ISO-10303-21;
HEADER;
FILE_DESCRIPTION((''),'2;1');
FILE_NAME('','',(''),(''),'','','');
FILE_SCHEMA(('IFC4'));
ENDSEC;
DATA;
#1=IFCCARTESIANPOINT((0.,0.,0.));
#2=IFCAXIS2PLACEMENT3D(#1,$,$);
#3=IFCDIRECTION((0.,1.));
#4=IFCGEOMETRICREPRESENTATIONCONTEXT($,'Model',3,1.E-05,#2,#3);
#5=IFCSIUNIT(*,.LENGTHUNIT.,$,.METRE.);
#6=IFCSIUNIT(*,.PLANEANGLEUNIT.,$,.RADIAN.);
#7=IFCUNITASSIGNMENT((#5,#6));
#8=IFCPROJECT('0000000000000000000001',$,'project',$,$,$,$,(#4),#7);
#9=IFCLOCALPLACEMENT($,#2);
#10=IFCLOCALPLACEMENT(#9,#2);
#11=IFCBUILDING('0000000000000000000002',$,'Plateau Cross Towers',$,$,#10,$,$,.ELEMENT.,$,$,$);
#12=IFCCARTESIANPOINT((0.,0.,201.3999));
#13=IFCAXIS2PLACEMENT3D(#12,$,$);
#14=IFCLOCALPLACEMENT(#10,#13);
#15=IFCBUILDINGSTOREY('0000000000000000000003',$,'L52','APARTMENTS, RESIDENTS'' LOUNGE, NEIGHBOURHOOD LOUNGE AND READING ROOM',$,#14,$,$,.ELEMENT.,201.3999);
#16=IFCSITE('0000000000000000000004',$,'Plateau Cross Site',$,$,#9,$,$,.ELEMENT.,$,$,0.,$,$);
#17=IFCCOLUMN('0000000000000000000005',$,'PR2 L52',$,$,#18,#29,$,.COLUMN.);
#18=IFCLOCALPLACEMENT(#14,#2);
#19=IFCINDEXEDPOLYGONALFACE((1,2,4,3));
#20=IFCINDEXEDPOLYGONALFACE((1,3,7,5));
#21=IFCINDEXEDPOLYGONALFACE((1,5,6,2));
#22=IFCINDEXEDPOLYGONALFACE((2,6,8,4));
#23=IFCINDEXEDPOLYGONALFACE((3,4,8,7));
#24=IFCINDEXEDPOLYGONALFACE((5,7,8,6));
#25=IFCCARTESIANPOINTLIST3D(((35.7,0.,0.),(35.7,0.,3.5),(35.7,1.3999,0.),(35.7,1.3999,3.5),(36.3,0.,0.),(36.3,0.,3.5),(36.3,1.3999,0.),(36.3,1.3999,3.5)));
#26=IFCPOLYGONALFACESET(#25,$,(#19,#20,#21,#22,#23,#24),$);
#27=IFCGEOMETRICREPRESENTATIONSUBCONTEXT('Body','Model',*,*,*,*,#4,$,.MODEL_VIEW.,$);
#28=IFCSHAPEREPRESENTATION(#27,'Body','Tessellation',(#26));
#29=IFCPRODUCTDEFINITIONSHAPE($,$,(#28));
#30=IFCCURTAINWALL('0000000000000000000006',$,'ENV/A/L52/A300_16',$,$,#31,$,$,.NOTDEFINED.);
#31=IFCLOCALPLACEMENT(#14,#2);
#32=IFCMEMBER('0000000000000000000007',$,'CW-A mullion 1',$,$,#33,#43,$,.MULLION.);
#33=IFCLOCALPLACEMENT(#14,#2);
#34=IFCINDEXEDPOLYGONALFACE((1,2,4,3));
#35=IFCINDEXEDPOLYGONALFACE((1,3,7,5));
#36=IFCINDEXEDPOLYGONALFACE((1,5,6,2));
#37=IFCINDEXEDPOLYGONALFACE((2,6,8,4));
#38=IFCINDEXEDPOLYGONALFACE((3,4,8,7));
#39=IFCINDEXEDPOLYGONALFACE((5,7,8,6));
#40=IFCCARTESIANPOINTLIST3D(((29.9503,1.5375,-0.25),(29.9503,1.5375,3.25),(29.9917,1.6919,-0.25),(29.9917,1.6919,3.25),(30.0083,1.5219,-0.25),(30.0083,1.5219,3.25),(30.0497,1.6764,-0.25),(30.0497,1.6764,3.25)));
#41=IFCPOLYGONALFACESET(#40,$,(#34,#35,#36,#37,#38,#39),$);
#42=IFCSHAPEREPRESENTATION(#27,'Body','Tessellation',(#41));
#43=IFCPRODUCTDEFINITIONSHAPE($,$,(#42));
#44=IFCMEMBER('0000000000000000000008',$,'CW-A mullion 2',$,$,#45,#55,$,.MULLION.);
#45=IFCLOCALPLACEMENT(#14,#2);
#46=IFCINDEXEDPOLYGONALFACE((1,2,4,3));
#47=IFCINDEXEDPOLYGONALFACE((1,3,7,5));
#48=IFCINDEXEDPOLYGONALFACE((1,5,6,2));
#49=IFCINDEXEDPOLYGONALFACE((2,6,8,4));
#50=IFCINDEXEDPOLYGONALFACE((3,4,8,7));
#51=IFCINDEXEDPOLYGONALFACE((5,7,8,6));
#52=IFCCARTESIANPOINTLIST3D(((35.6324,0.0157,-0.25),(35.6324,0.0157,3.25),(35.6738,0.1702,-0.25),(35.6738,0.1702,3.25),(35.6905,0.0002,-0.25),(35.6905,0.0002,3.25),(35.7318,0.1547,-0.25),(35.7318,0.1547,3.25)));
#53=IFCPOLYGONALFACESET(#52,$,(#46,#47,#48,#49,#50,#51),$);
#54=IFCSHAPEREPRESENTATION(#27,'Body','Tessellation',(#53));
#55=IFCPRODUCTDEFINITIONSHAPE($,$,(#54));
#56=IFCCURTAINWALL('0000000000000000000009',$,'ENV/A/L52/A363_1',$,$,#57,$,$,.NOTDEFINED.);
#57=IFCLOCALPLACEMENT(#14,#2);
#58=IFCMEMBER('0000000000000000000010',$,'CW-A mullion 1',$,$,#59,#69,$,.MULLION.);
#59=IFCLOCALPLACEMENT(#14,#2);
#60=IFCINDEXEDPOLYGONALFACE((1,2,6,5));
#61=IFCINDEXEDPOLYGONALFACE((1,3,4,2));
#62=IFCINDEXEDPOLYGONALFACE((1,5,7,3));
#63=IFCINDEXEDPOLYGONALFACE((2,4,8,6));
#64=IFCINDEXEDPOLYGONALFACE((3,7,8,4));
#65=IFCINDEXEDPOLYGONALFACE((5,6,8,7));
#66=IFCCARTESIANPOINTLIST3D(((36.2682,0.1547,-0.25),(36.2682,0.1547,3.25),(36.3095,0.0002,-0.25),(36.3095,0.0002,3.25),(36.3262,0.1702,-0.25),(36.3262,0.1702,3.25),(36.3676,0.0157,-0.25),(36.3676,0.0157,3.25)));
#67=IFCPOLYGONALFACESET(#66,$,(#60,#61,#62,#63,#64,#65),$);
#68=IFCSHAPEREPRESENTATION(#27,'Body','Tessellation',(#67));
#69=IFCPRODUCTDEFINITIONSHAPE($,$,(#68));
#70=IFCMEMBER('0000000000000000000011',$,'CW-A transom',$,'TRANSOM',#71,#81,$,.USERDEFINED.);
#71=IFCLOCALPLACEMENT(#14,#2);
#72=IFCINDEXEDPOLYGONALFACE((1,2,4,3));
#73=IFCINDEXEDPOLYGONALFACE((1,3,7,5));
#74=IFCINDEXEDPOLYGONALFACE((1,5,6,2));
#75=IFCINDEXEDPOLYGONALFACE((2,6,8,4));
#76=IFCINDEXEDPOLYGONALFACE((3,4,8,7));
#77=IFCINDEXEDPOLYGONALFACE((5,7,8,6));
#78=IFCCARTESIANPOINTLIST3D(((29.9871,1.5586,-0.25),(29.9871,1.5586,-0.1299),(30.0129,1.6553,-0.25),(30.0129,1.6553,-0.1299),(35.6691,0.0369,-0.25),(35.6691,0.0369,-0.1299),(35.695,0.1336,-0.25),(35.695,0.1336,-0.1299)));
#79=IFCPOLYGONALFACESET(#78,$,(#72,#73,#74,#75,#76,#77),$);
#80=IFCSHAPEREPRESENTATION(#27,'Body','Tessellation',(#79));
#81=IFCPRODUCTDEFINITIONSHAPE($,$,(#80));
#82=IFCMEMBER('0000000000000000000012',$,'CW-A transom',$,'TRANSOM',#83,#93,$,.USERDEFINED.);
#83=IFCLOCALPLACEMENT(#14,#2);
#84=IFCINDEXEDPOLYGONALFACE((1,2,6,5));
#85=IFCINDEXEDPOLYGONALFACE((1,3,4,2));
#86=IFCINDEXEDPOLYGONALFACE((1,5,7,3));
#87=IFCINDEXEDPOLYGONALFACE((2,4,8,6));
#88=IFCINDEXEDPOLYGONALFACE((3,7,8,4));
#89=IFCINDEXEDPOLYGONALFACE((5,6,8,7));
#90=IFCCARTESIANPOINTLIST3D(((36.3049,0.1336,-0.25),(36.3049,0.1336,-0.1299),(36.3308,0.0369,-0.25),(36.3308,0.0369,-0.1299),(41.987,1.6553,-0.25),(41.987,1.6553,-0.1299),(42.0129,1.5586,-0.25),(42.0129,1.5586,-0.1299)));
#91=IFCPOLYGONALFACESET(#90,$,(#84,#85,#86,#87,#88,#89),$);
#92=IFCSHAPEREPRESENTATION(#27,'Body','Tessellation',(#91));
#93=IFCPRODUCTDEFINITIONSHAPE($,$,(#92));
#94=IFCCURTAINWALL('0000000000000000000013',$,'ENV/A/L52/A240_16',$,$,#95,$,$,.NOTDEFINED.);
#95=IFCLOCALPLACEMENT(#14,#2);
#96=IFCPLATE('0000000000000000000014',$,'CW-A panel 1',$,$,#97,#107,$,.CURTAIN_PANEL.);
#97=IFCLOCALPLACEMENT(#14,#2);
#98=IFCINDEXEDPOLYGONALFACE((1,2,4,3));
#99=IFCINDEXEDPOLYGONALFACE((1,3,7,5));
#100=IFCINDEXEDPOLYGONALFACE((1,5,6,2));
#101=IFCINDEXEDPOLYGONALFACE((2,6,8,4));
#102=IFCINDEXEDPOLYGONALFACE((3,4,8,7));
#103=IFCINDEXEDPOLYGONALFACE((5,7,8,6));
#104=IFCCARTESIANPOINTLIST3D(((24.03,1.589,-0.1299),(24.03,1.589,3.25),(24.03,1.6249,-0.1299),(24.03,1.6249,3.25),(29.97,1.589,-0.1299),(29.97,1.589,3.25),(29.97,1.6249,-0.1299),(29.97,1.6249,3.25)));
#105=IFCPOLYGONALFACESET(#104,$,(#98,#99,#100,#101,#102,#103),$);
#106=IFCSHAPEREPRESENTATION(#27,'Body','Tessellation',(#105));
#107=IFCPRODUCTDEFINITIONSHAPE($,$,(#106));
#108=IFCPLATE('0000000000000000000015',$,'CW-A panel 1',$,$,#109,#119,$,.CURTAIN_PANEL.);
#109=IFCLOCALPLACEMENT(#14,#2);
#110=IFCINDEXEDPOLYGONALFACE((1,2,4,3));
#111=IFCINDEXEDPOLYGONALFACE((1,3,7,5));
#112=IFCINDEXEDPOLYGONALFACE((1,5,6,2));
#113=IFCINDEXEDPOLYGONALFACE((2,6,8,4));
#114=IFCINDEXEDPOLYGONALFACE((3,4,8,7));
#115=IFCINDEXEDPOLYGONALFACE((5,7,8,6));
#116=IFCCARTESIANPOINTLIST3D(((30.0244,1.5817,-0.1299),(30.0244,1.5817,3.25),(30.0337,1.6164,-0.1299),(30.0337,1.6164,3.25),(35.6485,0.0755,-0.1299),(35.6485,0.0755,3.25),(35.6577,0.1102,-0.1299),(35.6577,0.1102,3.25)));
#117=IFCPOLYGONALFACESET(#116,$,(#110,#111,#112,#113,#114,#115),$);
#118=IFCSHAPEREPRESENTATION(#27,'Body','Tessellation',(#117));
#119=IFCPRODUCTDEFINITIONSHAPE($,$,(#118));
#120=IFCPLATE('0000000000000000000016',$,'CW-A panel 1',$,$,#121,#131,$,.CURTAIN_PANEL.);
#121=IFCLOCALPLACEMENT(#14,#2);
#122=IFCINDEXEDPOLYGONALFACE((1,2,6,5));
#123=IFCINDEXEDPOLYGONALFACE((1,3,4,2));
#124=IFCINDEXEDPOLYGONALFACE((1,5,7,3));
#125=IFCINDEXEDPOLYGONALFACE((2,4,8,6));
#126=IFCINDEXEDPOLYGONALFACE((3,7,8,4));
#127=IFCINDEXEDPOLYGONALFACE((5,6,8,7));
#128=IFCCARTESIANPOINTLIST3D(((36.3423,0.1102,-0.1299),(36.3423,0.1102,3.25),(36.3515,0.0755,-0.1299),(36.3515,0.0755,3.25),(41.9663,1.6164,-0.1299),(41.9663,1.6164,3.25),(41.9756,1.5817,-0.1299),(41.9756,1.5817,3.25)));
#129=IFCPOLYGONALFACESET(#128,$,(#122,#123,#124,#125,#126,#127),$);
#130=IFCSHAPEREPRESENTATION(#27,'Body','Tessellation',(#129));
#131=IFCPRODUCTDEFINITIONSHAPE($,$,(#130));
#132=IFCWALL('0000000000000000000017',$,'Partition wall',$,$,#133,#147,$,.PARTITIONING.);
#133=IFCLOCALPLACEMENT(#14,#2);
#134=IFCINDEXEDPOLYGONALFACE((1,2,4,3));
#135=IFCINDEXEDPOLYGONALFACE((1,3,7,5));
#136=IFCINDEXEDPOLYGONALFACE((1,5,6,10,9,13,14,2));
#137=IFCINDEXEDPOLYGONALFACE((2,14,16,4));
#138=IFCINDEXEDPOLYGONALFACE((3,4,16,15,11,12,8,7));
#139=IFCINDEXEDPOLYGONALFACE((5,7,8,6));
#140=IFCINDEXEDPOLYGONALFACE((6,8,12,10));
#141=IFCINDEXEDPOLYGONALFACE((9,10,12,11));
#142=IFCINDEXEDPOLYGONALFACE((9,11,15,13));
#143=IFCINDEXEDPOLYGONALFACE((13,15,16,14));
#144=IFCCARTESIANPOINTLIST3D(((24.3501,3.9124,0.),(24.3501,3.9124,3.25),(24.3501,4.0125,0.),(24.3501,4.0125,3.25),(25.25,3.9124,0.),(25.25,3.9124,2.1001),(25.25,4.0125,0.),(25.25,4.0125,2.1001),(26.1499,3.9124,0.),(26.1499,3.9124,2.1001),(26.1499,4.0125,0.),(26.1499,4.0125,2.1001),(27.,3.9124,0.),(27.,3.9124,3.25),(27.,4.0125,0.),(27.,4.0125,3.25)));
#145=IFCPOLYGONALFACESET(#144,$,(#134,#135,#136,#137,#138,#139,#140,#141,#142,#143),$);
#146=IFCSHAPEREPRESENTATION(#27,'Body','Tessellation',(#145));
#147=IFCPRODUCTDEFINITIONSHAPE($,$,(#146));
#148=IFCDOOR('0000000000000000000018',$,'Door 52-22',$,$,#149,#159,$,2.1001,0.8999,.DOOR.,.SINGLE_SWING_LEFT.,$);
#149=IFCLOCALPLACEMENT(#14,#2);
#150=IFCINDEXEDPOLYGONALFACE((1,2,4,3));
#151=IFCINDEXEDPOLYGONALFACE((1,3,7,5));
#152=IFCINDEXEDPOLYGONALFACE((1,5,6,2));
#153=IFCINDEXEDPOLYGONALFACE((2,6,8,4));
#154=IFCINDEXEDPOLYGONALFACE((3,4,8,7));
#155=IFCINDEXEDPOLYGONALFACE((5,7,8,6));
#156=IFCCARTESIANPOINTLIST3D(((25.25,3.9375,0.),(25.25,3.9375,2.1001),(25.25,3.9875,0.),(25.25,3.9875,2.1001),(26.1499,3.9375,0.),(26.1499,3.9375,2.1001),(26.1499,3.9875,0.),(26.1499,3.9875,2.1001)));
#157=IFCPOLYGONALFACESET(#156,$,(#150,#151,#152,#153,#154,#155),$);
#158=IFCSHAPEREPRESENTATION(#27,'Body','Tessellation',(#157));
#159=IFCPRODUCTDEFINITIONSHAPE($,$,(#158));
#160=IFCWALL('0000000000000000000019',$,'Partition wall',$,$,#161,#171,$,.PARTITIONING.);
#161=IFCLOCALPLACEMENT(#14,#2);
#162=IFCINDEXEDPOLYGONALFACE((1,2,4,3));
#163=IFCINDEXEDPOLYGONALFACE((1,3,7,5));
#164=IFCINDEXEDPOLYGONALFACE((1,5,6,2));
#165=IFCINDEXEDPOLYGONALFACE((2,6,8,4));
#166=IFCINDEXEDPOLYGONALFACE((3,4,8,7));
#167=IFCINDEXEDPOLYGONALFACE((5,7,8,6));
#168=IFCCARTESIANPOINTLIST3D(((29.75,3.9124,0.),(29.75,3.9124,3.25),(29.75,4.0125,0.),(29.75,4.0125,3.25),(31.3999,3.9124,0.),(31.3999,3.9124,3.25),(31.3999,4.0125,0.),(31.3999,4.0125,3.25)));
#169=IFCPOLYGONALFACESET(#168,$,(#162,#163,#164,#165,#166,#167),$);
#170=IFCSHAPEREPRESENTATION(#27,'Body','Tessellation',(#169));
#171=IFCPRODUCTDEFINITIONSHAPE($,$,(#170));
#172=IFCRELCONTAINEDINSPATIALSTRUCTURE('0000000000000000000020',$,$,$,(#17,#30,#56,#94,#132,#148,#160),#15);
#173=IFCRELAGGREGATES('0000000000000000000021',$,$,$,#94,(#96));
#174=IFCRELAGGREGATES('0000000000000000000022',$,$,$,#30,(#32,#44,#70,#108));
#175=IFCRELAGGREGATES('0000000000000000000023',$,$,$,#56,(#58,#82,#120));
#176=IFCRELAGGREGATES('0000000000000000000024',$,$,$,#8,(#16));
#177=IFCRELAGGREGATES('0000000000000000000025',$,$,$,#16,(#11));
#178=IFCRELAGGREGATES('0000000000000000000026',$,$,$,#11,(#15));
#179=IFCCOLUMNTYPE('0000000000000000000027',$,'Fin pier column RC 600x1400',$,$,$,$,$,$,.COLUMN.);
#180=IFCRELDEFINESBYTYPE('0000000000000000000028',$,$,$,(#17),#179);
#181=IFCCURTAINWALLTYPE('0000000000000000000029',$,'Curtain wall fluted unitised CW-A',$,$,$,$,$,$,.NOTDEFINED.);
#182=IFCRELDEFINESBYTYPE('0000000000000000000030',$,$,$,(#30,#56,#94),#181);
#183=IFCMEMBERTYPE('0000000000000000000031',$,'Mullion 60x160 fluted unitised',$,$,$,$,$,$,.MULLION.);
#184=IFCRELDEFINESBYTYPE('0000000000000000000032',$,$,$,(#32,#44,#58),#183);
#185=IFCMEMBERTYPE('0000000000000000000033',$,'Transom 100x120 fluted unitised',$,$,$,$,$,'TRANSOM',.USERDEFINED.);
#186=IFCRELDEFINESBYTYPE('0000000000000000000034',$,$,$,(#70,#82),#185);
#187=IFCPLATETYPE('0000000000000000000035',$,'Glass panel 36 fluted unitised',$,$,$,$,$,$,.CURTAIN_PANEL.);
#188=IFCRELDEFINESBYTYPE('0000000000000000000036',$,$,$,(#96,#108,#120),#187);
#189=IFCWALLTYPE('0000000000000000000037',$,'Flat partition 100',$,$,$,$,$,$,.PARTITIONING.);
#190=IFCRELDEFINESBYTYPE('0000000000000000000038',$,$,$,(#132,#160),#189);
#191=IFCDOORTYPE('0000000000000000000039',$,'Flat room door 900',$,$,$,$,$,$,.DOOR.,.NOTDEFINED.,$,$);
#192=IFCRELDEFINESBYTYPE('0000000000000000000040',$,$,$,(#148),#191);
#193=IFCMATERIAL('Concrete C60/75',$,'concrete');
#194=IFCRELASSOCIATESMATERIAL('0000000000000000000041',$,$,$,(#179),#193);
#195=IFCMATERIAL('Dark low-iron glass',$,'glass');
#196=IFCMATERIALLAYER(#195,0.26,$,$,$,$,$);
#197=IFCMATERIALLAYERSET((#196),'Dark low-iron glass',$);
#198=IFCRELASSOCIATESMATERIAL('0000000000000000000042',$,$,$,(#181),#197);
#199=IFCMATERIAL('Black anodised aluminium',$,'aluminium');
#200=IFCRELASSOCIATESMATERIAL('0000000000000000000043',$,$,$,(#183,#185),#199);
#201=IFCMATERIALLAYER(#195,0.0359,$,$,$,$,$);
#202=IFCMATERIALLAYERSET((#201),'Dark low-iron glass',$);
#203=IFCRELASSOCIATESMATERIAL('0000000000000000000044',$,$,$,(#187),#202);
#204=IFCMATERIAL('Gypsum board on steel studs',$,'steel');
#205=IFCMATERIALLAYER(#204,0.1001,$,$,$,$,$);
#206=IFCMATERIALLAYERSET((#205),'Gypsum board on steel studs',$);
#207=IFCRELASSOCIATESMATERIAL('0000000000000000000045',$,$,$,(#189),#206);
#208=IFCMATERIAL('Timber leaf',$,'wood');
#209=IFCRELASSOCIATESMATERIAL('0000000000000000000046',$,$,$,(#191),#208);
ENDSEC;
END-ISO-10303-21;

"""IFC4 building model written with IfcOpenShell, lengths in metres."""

from ifc_helpers import new_model, si_unit, direction, frame, frame_2d, origin, origin_2d, place, context, subcontext, project, spatial, rectangle, extrude, material, layer, layer_set, material_profile, profile_set, type_object, element, fill, aggregate, save


model = new_model("IFC4")

# Units and contexts
model_context = context("Model", 3, precision=1e-05, world=origin(), true_north=direction((0.0, 1.0)))
body_context = subcontext(model_context, "Body", "Model", "MODEL_VIEW")
ifc_project = project(units=[si_unit("LENGTHUNIT", "METRE"), si_unit("PLANEANGLEUNIT", "RADIAN")], contexts=[model_context])

# Site, building, storey
site_placement = place(None, origin())
site = spatial("IfcSite", under=ifc_project, at=site_placement, Name="Plateau Cross Site", CompositionType="ELEMENT", RefElevation=0.0)
building_placement = place(site_placement, origin())
building = spatial("IfcBuilding", under=site, at=building_placement, Name="Plateau Cross Towers", CompositionType="ELEMENT")
storey_placement = place(building_placement, frame((0.0, 0.0, 201.3999)))
storey = spatial("IfcBuildingStorey", under=building, at=storey_placement, Name="L52", Description="APARTMENTS, RESIDENTS' LOUNGE, NEIGHBOURHOOD LOUNGE AND READING ROOM", CompositionType="ELEMENT", Elevation=201.3999)

# Column
ifc_material_1 = material(Name="Concrete C60/75", Category="concrete")
ifc_material_profile_1 = material_profile(ifc_material_1, rectangle(XDim=0.6001, YDim=1.3999, at=origin_2d()), Name="RC 600x1400")
ifc_profile_set_1 = profile_set([ifc_material_profile_1], Name="Concrete C60/75")
column_type = type_object("IfcColumnType", Name="Fin pier column RC 600x1400", PredefinedType="COLUMN", material=ifc_profile_set_1)
column_placement = place(storey_placement, frame((36.0, 0.7, 0.0), z_axis=(0.0, 0.0, 1.0), x_axis=(1.0, 0.0, 0.0)))
element("IfcColumn", 1, at=column_placement, inside=storey, type_object=column_type, Name="PR2 L52", PredefinedType="COLUMN", context=body_context, shape_type="SweptSolid", body=[
    extrude(rectangle(XDim=0.6001, YDim=1.3999, at=origin_2d()), origin(), (0.0, 0.0, 1.0), 3.5),
])

# Curtain wall, members
ifc_material_2 = material(Name="Dark low-iron glass", Category="glass")
ifc_layer_1 = layer(ifc_material_2, 0.26)
ifc_layer_set_1 = layer_set([ifc_layer_1], Name="Dark low-iron glass")
curtain_wall_type = type_object("IfcCurtainWallType", Name="Curtain wall fluted unitised CW-A", PredefinedType="NOTDEFINED", material=ifc_layer_set_1)
curtain_wall_1_placement = place(storey_placement, origin())
curtain_wall_1 = element("IfcCurtainWall", 2, at=curtain_wall_1_placement, inside=storey, type_object=curtain_wall_type, Name="ENV/A/L52/A300_16", PredefinedType="NOTDEFINED")
ifc_material_3 = material(Name="Black anodised aluminium", Category="aluminium")
ifc_material_profile_2 = material_profile(ifc_material_3, rectangle(XDim=0.0601, YDim=0.1599, at=origin_2d()), Name="MULLION 60x160")
ifc_profile_set_2 = profile_set([ifc_material_profile_2], Name="Black anodised aluminium")
member_type_1 = type_object("IfcMemberType", Name="Mullion 60x160 fluted unitised", PredefinedType="MULLION", material=ifc_profile_set_2)
member_1_placement = place(storey_placement, frame((30.0, 1.6069, -0.25), z_axis=(0.0, 0.0, 1.0), x_axis=(0.965958, -0.258699, 0.0)))
member_1 = element("IfcMember", 3, at=member_1_placement, type_object=member_type_1, Name="CW-A mullion 1", PredefinedType="MULLION", context=body_context, shape_type="SweptSolid", body=[
    extrude(rectangle(XDim=0.0601, YDim=0.1599, at=origin_2d()), origin(), (0.0, 0.0, 1.0), 3.5),
])
member_2_placement = place(storey_placement, frame((35.6821, 0.0852, -0.25), z_axis=(0.0, 0.0, 1.0), x_axis=(0.965958, -0.258699, 0.0)))
member_2 = element("IfcMember", 4, at=member_2_placement, type_object=member_type_1, Name="CW-A mullion 2", PredefinedType="MULLION", context=body_context, shape_type="SweptSolid", body=[
    extrude(rectangle(XDim=0.0601, YDim=0.1599, at=origin_2d()), origin(), (0.0, 0.0, 1.0), 3.5),
])

# Curtain wall, member
curtain_wall_2_placement = place(storey_placement, origin())
curtain_wall_2 = element("IfcCurtainWall", 5, at=curtain_wall_2_placement, inside=storey, type_object=curtain_wall_type, Name="ENV/A/L52/A363_1", PredefinedType="NOTDEFINED")
member_3_placement = place(storey_placement, frame((36.3179, 0.0852, -0.25), z_axis=(0.0, 0.0, 1.0), x_axis=(0.965958, 0.258699, 0.0)))
member_3 = element("IfcMember", 6, at=member_3_placement, type_object=member_type_1, Name="CW-A mullion 1", PredefinedType="MULLION", context=body_context, shape_type="SweptSolid", body=[
    extrude(rectangle(XDim=0.0601, YDim=0.1599, at=origin_2d()), origin(), (0.0, 0.0, 1.0), 3.5),
])

# Members
ifc_material_profile_3 = material_profile(ifc_material_3, rectangle(XDim=0.1001, YDim=0.1201, at=origin_2d()), Name="TRANSOM 100x120")
ifc_profile_set_3 = profile_set([ifc_material_profile_3], Name="Black anodised aluminium")
member_type_2 = type_object("IfcMemberType", Name="Transom 100x120 fluted unitised", ElementType="TRANSOM", PredefinedType="USERDEFINED", material=ifc_profile_set_3)
member_4_placement = place(storey_placement, frame((30.0, 1.6069, -0.1899), z_axis=(0.96596, -0.258693, 0.0), x_axis=(0.258693, 0.96596, 0.0)))
member_4 = element("IfcMember", 7, at=member_4_placement, type_object=member_type_2, Name="CW-A transom", ObjectType="TRANSOM", PredefinedType="USERDEFINED", context=body_context, shape_type="SweptSolid", body=[
    extrude(rectangle(XDim=0.1001, YDim=0.1201, at=origin_2d()), origin(), (0.0, 0.0, 1.0), 5.8823),
])
member_5_placement = place(storey_placement, frame((36.3179, 0.0852, -0.1899), z_axis=(0.96596, 0.258693, 0.0), x_axis=(-0.258693, 0.96596, 0.0)))
member_5 = element("IfcMember", 8, at=member_5_placement, type_object=member_type_2, Name="CW-A transom", ObjectType="TRANSOM", PredefinedType="USERDEFINED", context=body_context, shape_type="SweptSolid", body=[
    extrude(rectangle(XDim=0.1001, YDim=0.1201, at=origin_2d()), origin(), (0.0, 0.0, 1.0), 5.8823),
])

# Curtain wall, plate
curtain_wall_3_placement = place(storey_placement, origin())
curtain_wall_3 = element("IfcCurtainWall", 9, at=curtain_wall_3_placement, inside=storey, type_object=curtain_wall_type, Name="ENV/A/L52/A240_16", PredefinedType="NOTDEFINED")
ifc_layer_2 = layer(ifc_material_2, 0.0359)
ifc_layer_set_2 = layer_set([ifc_layer_2], Name="Dark low-iron glass")
plate_type = type_object("IfcPlateType", Name="Glass panel 36 fluted unitised", PredefinedType="CURTAIN_PANEL", material=ifc_layer_set_2)
plate_1_placement = place(storey_placement, frame((27.0, 1.6069, -0.1299), z_axis=(0.0, 0.0, 1.0), x_axis=(1.0, 0.0, 0.0)))
plate_1 = element("IfcPlate", 10, at=plate_1_placement, type_object=plate_type, Name="CW-A panel 1", PredefinedType="CURTAIN_PANEL", context=body_context, shape_type="SweptSolid", body=[
    extrude(rectangle(XDim=5.9399, YDim=0.0359, at=origin_2d()), origin(), (0.0, 0.0, 1.0), 3.3799),
])
aggregate(curtain_wall_3, [plate_1])

# Plates
plate_2_placement = place(storey_placement, frame((32.8411, 0.8459, -0.1299), z_axis=(0.0, 0.0, 1.0), x_axis=(0.965958, -0.258699, 0.0)))
plate_2 = element("IfcPlate", 11, at=plate_2_placement, type_object=plate_type, Name="CW-A panel 1", PredefinedType="CURTAIN_PANEL", context=body_context, shape_type="SweptSolid", body=[
    extrude(rectangle(XDim=5.8223, YDim=0.0359, at=origin_2d()), origin(), (0.0, 0.0, 1.0), 3.3799),
])
aggregate(curtain_wall_1, [member_1, member_2, member_4, plate_2])
plate_3_placement = place(storey_placement, frame((39.1589, 0.8459, -0.1299), z_axis=(0.0, 0.0, 1.0), x_axis=(0.965958, 0.258699, 0.0)))
plate_3 = element("IfcPlate", 12, at=plate_3_placement, type_object=plate_type, Name="CW-A panel 1", PredefinedType="CURTAIN_PANEL", context=body_context, shape_type="SweptSolid", body=[
    extrude(rectangle(XDim=5.8223, YDim=0.0359, at=origin_2d()), origin(), (0.0, 0.0, 1.0), 3.3799),
])
aggregate(curtain_wall_2, [member_3, member_5, plate_3])

# Wall, opening, door
ifc_material_4 = material(Name="Gypsum board on steel studs", Category="steel")
ifc_layer_3 = layer(ifc_material_4, 0.1001)
ifc_layer_set_3 = layer_set([ifc_layer_3], Name="Gypsum board on steel studs")
wall_type_1 = type_object("IfcWallType", Name="Flat partition 100", PredefinedType="PARTITIONING", material=ifc_layer_set_3)
wall_1_placement = place(storey_placement, frame((27.0, 3.9624, 0.0), z_axis=(0.0, 0.0, 1.0), x_axis=(-1.0, 0.0, 0.0)))
wall_1 = element("IfcWall", 13, at=wall_1_placement, inside=storey, type_object=wall_type_1, Name="Partition wall", PredefinedType="PARTITIONING", context=body_context, shape_type="SweptSolid", body=[
    extrude(rectangle(XDim=2.6499, YDim=0.1001, at=frame_2d((1.325, 0.0))), origin(), (0.0, 0.0, 1.0), 3.25),
])
opening_1_placement = place(wall_1_placement, frame((0.8501, 0.0, 0.0)))
opening_1 = element("IfcOpeningElement", 14, at=opening_1_placement, cuts=wall_1, PredefinedType="OPENING", context=body_context, shape_type="SweptSolid", body=[
    extrude(rectangle(XDim=0.8999, YDim=2.1001, at=frame_2d((0.45, 1.05))), frame((0.0, 0.0601, 0.0), z_axis=(0.0, -1.0, 0.0), x_axis=(1.0, 0.0, 0.0)), (0.0, 0.0, 1.0), 0.1201),
])
ifc_material_5 = material(Name="Timber leaf", Category="wood")
door_type_1 = type_object("IfcDoorType", Name="Flat room door 900", OperationType="NOTDEFINED", PredefinedType="DOOR", material=ifc_material_5)
door_1_placement = place(opening_1_placement, origin())
door_1 = element("IfcDoor", 15, at=door_1_placement, inside=storey, type_object=door_type_1, Name="Door 52-22", OperationType="SINGLE_SWING_LEFT", OverallHeight=2.1001, OverallWidth=0.8999, PredefinedType="DOOR", context=body_context, shape_type="SweptSolid", body=[
    extrude(rectangle(XDim=0.8999, YDim=2.1001, at=frame_2d((0.45, 1.05))), frame((0.0, 0.0249, 0.0), z_axis=(0.0, -1.0, 0.0), x_axis=(1.0, 0.0, 0.0)), (0.0, 0.0, 1.0), 0.05),
])
fill(opening_1, door_1)

# Wall
wall_2_placement = place(storey_placement, frame((29.75, 3.9624, 0.0), z_axis=(0.0, 0.0, 1.0), x_axis=(1.0, 0.0, 0.0)))
element("IfcWall", 16, at=wall_2_placement, inside=storey, type_object=wall_type_1, Name="Partition wall", PredefinedType="PARTITIONING", context=body_context, shape_type="SweptSolid", body=[
    extrude(rectangle(XDim=1.6499, YDim=0.1001, at=frame_2d((0.825, 0.0))), origin(), (0.0, 0.0, 1.0), 3.25),
])

save(model, "model.ifc")
